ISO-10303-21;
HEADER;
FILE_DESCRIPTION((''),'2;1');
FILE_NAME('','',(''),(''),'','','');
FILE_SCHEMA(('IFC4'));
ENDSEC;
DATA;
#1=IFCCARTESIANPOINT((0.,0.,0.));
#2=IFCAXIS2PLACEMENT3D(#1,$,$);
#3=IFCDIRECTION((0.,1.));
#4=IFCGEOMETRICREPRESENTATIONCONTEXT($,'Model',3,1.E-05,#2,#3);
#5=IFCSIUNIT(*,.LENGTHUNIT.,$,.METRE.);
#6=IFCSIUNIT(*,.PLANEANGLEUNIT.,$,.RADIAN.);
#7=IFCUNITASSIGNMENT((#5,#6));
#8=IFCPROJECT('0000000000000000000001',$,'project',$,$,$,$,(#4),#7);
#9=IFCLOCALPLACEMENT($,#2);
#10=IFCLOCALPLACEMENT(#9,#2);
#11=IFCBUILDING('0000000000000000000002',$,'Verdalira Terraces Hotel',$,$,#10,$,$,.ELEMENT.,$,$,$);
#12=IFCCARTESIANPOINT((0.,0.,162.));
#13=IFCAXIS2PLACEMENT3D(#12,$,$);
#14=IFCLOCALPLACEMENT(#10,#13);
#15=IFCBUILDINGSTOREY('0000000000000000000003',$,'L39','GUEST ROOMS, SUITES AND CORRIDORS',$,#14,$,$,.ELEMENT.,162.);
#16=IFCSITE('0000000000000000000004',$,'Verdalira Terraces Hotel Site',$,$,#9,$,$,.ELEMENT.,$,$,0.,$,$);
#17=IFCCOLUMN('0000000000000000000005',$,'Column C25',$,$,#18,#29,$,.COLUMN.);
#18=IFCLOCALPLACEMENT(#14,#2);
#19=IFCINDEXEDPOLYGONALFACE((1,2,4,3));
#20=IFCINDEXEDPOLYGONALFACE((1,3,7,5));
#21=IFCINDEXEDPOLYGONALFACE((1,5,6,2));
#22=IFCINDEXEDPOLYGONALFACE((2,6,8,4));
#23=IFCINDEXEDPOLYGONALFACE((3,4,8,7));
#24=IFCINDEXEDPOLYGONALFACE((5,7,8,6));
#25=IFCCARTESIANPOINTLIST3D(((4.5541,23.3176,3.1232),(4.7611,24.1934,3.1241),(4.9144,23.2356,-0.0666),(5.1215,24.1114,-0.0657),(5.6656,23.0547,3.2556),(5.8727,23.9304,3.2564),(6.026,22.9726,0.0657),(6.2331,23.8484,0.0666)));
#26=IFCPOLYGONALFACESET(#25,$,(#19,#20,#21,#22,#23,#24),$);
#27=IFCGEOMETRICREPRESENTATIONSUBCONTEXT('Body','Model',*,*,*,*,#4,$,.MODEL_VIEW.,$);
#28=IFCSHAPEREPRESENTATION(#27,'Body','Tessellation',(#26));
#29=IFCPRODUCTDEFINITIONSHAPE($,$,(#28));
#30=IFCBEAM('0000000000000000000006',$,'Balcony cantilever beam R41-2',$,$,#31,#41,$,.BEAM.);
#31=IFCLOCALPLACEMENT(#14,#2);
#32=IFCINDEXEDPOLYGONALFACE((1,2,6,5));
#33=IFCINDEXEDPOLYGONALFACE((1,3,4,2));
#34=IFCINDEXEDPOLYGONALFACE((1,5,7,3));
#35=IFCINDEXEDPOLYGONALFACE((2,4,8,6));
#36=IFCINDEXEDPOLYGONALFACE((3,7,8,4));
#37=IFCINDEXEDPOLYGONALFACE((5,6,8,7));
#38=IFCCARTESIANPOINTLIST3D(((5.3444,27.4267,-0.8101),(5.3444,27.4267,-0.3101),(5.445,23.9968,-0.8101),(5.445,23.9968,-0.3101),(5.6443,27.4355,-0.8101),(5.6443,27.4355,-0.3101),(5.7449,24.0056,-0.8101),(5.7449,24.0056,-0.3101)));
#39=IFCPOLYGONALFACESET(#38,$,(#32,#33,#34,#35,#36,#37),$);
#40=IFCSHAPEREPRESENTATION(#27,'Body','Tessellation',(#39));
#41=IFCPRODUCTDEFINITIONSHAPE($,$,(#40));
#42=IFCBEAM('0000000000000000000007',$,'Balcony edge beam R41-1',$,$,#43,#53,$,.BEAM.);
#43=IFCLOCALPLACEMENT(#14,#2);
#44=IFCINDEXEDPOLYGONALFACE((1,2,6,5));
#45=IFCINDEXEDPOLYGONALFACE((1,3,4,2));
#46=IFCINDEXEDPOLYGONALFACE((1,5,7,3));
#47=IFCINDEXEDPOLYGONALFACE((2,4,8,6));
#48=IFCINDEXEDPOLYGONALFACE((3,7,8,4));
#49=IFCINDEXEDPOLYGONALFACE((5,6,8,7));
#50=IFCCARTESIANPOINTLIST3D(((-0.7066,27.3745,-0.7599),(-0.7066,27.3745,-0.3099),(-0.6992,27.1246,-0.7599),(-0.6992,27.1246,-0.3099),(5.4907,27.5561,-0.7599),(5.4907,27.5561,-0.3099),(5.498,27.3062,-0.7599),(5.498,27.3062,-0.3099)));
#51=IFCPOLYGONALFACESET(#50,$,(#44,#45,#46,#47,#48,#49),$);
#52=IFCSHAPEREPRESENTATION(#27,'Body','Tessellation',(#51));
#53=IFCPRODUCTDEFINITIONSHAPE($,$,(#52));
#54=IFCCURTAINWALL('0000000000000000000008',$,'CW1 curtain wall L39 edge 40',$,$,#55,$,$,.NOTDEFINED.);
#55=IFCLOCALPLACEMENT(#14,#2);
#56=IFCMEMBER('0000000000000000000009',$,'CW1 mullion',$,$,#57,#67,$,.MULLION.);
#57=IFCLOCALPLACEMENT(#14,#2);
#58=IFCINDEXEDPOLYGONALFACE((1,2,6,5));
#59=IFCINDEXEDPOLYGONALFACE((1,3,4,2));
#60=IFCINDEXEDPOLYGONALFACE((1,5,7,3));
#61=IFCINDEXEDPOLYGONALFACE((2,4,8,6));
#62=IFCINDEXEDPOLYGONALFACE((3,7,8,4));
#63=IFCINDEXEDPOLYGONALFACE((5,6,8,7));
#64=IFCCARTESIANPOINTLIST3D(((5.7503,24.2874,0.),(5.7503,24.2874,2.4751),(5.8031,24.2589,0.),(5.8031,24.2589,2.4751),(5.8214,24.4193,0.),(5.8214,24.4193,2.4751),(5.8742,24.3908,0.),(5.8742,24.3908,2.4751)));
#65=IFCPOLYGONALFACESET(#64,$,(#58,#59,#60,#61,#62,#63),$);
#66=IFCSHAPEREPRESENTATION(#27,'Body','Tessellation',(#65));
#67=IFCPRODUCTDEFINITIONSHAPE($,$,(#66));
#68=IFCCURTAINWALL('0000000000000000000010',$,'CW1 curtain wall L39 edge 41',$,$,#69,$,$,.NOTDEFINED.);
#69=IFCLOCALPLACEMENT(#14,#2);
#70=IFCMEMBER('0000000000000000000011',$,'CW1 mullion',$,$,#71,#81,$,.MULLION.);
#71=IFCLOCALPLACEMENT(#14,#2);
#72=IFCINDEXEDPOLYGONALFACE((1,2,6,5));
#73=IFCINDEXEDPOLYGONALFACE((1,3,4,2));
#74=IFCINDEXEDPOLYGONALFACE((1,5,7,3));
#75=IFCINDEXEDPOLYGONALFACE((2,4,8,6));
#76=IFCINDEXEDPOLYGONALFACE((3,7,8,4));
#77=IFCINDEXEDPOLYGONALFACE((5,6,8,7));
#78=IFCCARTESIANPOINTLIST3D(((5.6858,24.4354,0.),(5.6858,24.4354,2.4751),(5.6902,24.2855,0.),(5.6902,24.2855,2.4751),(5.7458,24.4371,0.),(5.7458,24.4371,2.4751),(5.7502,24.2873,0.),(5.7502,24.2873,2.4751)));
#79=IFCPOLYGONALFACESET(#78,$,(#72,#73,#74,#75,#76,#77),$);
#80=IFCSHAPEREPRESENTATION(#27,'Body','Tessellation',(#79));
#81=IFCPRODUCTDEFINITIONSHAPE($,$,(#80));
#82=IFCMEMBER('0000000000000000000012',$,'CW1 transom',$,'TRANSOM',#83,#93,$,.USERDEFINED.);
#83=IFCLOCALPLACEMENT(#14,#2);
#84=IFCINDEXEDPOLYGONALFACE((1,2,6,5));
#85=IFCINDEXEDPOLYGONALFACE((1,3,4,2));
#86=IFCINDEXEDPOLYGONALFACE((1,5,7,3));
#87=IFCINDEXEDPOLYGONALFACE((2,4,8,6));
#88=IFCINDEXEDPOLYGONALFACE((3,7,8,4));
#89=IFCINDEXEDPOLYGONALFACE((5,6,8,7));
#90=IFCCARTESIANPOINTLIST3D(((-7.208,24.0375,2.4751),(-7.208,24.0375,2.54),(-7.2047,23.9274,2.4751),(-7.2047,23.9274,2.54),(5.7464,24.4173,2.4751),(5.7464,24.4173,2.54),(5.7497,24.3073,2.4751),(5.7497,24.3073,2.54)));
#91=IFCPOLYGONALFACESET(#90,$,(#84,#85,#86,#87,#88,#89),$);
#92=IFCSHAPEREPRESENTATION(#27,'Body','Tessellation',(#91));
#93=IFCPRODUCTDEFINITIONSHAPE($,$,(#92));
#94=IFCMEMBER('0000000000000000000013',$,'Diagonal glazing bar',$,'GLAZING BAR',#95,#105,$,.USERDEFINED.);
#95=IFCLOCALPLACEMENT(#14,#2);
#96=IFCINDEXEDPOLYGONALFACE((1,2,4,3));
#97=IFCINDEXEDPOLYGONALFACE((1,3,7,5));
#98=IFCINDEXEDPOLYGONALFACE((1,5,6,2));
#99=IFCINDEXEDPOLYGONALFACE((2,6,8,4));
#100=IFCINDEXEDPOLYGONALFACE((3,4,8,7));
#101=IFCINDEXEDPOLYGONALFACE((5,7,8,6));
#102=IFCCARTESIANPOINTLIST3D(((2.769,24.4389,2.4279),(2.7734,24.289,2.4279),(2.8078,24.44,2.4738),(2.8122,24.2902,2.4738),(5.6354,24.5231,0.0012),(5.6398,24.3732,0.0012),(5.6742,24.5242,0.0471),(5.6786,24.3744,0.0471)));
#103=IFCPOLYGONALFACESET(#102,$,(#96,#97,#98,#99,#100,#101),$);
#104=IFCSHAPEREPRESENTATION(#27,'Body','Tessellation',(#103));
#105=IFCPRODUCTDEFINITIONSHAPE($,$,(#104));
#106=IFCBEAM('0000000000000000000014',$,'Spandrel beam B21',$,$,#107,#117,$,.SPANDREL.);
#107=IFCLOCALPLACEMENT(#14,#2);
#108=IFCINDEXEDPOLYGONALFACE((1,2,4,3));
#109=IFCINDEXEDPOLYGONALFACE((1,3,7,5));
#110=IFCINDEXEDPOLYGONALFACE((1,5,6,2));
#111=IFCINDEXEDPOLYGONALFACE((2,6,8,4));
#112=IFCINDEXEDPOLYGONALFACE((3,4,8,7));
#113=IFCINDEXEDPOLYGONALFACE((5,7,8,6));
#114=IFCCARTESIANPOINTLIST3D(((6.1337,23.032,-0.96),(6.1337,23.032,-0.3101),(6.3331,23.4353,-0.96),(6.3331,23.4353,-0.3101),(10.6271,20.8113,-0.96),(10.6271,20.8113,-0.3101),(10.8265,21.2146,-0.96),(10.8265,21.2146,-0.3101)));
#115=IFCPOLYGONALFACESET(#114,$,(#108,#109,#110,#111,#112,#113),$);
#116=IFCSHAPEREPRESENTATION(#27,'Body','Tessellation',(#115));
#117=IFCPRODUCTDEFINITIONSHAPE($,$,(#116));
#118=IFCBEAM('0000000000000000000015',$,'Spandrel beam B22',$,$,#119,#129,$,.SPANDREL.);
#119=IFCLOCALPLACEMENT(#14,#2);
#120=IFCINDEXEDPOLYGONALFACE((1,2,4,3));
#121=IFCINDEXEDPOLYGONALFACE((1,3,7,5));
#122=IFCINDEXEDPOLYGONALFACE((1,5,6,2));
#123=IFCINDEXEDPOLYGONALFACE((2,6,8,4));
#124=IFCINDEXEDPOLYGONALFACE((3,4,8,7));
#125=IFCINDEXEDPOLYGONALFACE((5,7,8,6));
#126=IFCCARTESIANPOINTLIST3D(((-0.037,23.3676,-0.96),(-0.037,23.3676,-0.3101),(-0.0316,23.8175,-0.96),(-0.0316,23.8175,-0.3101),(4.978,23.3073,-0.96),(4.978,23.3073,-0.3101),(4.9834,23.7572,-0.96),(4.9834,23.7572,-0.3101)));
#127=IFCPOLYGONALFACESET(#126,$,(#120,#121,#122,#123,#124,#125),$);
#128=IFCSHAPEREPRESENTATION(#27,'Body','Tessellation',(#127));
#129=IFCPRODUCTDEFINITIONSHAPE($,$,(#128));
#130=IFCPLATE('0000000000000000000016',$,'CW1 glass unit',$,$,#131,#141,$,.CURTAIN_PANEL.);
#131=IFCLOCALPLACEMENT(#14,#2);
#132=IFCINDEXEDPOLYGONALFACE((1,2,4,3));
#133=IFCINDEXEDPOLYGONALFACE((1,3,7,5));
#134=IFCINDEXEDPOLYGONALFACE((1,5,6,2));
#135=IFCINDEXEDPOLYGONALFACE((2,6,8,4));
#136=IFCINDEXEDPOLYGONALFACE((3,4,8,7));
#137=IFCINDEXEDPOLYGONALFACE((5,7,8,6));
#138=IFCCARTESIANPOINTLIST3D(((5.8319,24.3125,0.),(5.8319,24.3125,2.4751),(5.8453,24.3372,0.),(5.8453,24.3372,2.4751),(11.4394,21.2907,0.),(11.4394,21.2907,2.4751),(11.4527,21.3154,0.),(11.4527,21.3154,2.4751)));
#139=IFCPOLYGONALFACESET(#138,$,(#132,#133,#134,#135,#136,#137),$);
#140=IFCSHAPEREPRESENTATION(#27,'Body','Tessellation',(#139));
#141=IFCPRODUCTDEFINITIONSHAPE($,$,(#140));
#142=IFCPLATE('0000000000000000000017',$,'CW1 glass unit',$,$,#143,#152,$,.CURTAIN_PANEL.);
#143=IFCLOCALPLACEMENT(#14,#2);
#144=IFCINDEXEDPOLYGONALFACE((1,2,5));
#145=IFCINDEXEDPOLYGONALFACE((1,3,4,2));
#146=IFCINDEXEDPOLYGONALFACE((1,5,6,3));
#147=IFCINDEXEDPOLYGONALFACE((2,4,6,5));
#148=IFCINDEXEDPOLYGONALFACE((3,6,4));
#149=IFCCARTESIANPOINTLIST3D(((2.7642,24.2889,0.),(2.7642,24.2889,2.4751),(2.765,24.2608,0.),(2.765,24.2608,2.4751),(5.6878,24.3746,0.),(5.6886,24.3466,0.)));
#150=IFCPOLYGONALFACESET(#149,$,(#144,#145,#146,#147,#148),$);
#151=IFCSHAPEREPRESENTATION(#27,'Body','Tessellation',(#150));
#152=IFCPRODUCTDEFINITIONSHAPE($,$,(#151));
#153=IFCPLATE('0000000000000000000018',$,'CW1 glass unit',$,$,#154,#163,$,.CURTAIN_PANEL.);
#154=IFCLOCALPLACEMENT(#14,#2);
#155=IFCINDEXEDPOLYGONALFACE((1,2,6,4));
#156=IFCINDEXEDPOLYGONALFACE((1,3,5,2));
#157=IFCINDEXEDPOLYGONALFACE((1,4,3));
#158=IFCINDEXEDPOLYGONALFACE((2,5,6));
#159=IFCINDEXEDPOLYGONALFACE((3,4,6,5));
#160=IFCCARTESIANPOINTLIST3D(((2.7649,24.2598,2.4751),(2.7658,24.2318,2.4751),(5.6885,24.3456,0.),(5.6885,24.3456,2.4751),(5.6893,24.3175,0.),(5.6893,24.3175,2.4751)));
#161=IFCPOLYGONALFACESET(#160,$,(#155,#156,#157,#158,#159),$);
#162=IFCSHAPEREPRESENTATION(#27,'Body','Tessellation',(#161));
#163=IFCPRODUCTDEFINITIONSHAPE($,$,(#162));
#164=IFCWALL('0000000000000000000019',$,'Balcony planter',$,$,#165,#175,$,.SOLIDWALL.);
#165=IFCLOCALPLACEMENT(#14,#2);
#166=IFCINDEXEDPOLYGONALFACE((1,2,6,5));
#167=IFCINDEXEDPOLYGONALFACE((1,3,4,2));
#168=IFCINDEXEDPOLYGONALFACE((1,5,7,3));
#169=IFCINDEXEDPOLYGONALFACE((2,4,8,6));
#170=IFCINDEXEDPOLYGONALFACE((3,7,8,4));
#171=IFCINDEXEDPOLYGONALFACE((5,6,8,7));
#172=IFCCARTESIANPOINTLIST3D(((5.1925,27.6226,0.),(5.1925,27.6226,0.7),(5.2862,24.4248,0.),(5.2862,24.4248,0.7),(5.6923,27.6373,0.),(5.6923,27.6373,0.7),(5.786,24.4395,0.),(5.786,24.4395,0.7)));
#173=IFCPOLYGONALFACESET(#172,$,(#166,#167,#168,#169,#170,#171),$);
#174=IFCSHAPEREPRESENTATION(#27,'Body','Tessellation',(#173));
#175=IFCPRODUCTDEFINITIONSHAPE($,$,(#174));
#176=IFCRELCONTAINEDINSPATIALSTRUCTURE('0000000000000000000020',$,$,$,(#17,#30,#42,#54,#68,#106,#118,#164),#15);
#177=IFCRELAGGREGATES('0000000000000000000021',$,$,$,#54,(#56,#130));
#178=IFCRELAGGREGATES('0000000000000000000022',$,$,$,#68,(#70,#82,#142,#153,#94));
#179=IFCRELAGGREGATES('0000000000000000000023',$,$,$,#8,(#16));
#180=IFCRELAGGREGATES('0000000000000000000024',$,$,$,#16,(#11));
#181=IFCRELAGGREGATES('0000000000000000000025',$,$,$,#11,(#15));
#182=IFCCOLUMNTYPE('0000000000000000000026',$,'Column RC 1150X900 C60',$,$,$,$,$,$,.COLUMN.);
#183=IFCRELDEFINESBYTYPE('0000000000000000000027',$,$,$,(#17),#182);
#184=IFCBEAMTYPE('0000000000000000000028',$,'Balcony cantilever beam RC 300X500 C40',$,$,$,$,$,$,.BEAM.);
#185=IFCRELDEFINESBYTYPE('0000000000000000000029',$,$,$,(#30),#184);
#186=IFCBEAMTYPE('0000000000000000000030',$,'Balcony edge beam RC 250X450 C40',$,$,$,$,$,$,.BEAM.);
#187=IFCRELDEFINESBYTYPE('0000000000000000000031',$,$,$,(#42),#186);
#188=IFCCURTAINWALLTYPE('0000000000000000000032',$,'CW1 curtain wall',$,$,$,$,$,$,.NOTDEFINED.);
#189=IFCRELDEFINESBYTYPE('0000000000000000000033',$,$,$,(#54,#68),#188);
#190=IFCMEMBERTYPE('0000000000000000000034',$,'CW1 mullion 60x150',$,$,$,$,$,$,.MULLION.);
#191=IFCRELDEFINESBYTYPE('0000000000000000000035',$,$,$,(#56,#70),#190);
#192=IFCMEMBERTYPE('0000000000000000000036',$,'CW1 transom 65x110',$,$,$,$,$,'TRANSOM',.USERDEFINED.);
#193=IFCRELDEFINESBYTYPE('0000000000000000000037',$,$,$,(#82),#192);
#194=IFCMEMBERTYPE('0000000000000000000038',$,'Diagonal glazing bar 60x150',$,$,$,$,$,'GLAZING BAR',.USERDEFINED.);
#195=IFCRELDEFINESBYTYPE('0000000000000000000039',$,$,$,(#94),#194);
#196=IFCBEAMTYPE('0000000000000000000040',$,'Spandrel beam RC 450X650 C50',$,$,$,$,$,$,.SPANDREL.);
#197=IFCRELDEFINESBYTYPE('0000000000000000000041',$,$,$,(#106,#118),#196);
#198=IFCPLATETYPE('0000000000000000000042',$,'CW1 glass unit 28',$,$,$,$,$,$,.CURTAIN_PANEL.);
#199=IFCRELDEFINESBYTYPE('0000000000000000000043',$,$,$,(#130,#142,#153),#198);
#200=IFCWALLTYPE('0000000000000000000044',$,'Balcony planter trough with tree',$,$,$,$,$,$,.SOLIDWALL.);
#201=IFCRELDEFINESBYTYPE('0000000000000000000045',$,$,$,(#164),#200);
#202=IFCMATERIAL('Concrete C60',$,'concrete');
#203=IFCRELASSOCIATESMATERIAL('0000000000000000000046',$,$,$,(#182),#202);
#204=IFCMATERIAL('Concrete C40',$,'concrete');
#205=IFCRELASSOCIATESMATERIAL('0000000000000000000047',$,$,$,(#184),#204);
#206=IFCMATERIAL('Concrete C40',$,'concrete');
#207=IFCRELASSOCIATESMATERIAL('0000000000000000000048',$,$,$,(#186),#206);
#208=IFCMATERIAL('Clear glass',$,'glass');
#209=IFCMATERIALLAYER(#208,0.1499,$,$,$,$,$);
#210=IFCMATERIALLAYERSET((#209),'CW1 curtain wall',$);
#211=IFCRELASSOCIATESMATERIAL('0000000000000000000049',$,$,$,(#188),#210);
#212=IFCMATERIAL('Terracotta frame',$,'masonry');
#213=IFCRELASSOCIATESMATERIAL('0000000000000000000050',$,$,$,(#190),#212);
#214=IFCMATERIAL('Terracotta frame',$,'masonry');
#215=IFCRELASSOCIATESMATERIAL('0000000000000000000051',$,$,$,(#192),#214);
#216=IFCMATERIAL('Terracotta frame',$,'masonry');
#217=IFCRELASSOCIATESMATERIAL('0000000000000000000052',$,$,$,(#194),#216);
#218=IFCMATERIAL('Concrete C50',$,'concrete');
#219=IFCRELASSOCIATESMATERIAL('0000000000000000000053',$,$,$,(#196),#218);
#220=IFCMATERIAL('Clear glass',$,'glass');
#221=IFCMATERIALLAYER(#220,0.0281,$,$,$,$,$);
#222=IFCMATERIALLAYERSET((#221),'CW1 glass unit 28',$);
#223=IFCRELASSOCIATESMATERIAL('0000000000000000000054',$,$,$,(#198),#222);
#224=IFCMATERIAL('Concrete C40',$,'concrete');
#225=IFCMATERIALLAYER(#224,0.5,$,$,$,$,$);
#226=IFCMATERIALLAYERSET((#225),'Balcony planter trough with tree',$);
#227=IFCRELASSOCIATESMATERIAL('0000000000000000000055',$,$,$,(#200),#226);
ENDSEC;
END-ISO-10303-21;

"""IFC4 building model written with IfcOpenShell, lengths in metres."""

from ifc_helpers import new_model, si_unit, direction, frame, frame_2d, origin, origin_2d, place, context, subcontext, project, spatial, polyline, rectangle, outline, extrude, material, layer, layer_set, material_profile, profile_set, type_object, element, aggregate, save


model = new_model("IFC4")

# Units and contexts
model_context = context("Model", 3, precision=1e-05, world=origin(), true_north=direction((0.0, 1.0)))
body_context = subcontext(model_context, "Body", "Model", "MODEL_VIEW")
ifc_project = project(units=[si_unit("LENGTHUNIT", "METRE"), si_unit("PLANEANGLEUNIT", "RADIAN")], contexts=[model_context])

# Site, building, storey
site_placement = place(None, origin())
site = spatial("IfcSite", under=ifc_project, at=site_placement, Name="Verdalira Terraces Hotel Site", CompositionType="ELEMENT", RefElevation=0.0)
building_placement = place(site_placement, origin())
building = spatial("IfcBuilding", under=site, at=building_placement, Name="Verdalira Terraces Hotel", CompositionType="ELEMENT")
storey_placement = place(building_placement, frame((0.0, 0.0, 162.0)))
storey = spatial("IfcBuildingStorey", under=building, at=storey_placement, Name="L39", Description="GUEST ROOMS, SUITES AND CORRIDORS", CompositionType="ELEMENT", Elevation=162.0)

# Column
ifc_material_1 = material(Name="Concrete C60", Category="concrete")
ifc_material_profile_1 = material_profile(ifc_material_1, rectangle(XDim=1.1499, YDim=0.8999, at=origin_2d()), Name="RC 1150X900")
ifc_profile_set_1 = profile_set([ifc_material_profile_1], Name="Concrete C60")
column_type = type_object("IfcColumnType", Name="Column RC 1150X900 C60", PredefinedType="COLUMN", material=ifc_profile_set_1)
column_placement = place(storey_placement, frame((5.5737, 23.542, 0.0), z_axis=(-0.112214, 0.025545, 0.993356), x_axis=(0.96667, -0.228704, 0.115081)))
element("IfcColumn", 1, at=column_placement, inside=storey, type_object=column_type, Name="Column C25", PredefinedType="COLUMN", context=body_context, shape_type="SweptSolid", body=[
    extrude(rectangle(XDim=1.1499, YDim=0.8999, at=origin_2d()), origin(), (0.0, 0.0, 1.0), 3.2112),
])

# Beams
ifc_material_2 = material(Name="Concrete C40", Category="concrete")
ifc_material_profile_2 = material_profile(ifc_material_2, rectangle(XDim=0.3, YDim=0.5, at=origin_2d()), Name="RC 300X500")
ifc_profile_set_2 = profile_set([ifc_material_profile_2], Name="Concrete C40")
beam_type_1 = type_object("IfcBeamType", Name="Balcony cantilever beam RC 300X500 C40", PredefinedType="BEAM", material=ifc_profile_set_2)
beam_1_placement = place(storey_placement, frame((5.595, 24.0012, -0.5601), z_axis=(-0.029313, 0.99957, 0.0), x_axis=(-0.99957, -0.029313, 0.0)))
element("IfcBeam", 2, at=beam_1_placement, inside=storey, type_object=beam_type_1, Name="Balcony cantilever beam R41-2", PredefinedType="BEAM", context=body_context, shape_type="SweptSolid", body=[
    extrude(rectangle(XDim=0.3, YDim=0.5, at=origin_2d()), origin(), (0.0, 0.0, 1.0), 3.4314),
])
ifc_material_3 = material(Name="Concrete C40", Category="concrete")
ifc_material_profile_3 = material_profile(ifc_material_3, rectangle(XDim=0.25, YDim=0.45, at=origin_2d()), Name="RC 250X450")
ifc_profile_set_3 = profile_set([ifc_material_profile_3], Name="Concrete C40")
beam_type_2 = type_object("IfcBeamType", Name="Balcony edge beam RC 250X450 C40", PredefinedType="BEAM", material=ifc_profile_set_3)
beam_2_placement = place(storey_placement, frame((5.4944, 27.4312, -0.5349), z_axis=(-0.999571, -0.029297, 0.0), x_axis=(0.029297, -0.999571, 0.0)))
element("IfcBeam", 3, at=beam_2_placement, inside=storey, type_object=beam_type_2, Name="Balcony edge beam R41-1", PredefinedType="BEAM", context=body_context, shape_type="SweptSolid", body=[
    extrude(rectangle(XDim=0.25, YDim=0.45, at=origin_2d()), origin(), (0.0, 0.0, 1.0), 6.2),
])

# Curtain wall, member
ifc_material_4 = material(Name="Clear glass", Category="glass")
ifc_layer_1 = layer(ifc_material_4, 0.1499)
ifc_layer_set_1 = layer_set([ifc_layer_1], Name="CW1 curtain wall")
curtain_wall_type = type_object("IfcCurtainWallType", Name="CW1 curtain wall", PredefinedType="NOTDEFINED", material=ifc_layer_set_1)
curtain_wall_1_placement = place(storey_placement, origin())
curtain_wall_1 = element("IfcCurtainWall", 4, at=curtain_wall_1_placement, inside=storey, type_object=curtain_wall_type, Name="CW1 curtain wall L39 edge 40", PredefinedType="NOTDEFINED")
ifc_material_5 = material(Name="Terracotta frame", Category="masonry")
ifc_material_profile_4 = material_profile(ifc_material_5, rectangle(XDim=0.0601, YDim=0.1499, at=origin_2d()), Name="MU 60x150")
ifc_profile_set_4 = profile_set([ifc_material_profile_4], Name="Terracotta frame")
member_type_1 = type_object("IfcMemberType", Name="CW1 mullion 60x150", PredefinedType="MULLION", material=ifc_profile_set_4)
member_1_placement = place(storey_placement, frame((5.8123, 24.3391, 0.0), z_axis=(0.0, 0.0, 1.0), x_axis=(-0.880312, 0.474396, 0.0)))
member_1 = element("IfcMember", 5, at=member_1_placement, type_object=member_type_1, Name="CW1 mullion", PredefinedType="MULLION", context=body_context, shape_type="SweptSolid", body=[
    extrude(rectangle(XDim=0.0601, YDim=0.1499, at=origin_2d()), origin(), (0.0, 0.0, 1.0), 2.4751),
])

# Curtain wall, members
curtain_wall_2_placement = place(storey_placement, origin())
curtain_wall_2 = element("IfcCurtainWall", 6, at=curtain_wall_2_placement, inside=storey, type_object=curtain_wall_type, Name="CW1 curtain wall L39 edge 41", PredefinedType="NOTDEFINED")
member_2_placement = place(storey_placement, frame((5.718, 24.3613, 0.0), z_axis=(0.0, 0.0, 1.0), x_axis=(-0.99957, -0.029317, 0.0)))
member_2 = element("IfcMember", 7, at=member_2_placement, type_object=member_type_1, Name="CW1 mullion", PredefinedType="MULLION", context=body_context, shape_type="SweptSolid", body=[
    extrude(rectangle(XDim=0.0601, YDim=0.1499, at=origin_2d()), origin(), (0.0, 0.0, 1.0), 2.4751),
])
ifc_material_6 = material(Name="Terracotta frame", Category="masonry")
ifc_material_profile_5 = material_profile(ifc_material_6, rectangle(XDim=0.1101, YDim=0.0649, at=origin_2d()), Name="TR 65x110")
ifc_profile_set_5 = profile_set([ifc_material_profile_5], Name="Terracotta frame")
member_type_2 = type_object("IfcMemberType", Name="CW1 transom 65x110", ElementType="TRANSOM", PredefinedType="USERDEFINED", material=ifc_profile_set_5)
member_3_placement = place(storey_placement, frame((5.748, 24.3623, 2.5076), z_axis=(-0.99957, -0.029312, 0.0), x_axis=(0.029312, -0.99957, 0.0)))
member_3 = element("IfcMember", 8, at=member_3_placement, type_object=member_type_2, Name="CW1 transom", ObjectType="TRANSOM", PredefinedType="USERDEFINED", context=body_context, shape_type="SweptSolid", body=[
    extrude(rectangle(XDim=0.1101, YDim=0.0649, at=origin_2d()), origin(), (0.0, 0.0, 1.0), 12.96),
])
ifc_material_7 = material(Name="Terracotta frame", Category="masonry")
ifc_material_profile_6 = material_profile(ifc_material_7, rectangle(XDim=0.1499, YDim=0.0601, at=origin_2d()), Name="GB 60x150")
ifc_profile_set_6 = profile_set([ifc_material_profile_6], Name="Terracotta frame")
member_type_3 = type_object("IfcMemberType", Name="Diagonal glazing bar 60x150", ElementType="GLAZING BAR", PredefinedType="USERDEFINED", material=ifc_profile_set_6)
member_4_placement = place(storey_placement, frame((5.657, 24.4487, 0.0242), z_axis=(-0.763024, -0.022421, 0.645981), x_axis=(0.029372, -0.999569, 0.0)))
member_4 = element("IfcMember", 9, at=member_4_placement, type_object=member_type_3, Name="Diagonal glazing bar", ObjectType="GLAZING BAR", PredefinedType="USERDEFINED", context=body_context, shape_type="SweptSolid", body=[
    extrude(rectangle(XDim=0.1499, YDim=0.0601, at=origin_2d()), origin(), (0.0, 0.0, 1.0), 3.7566),
])

# Beams
ifc_material_8 = material(Name="Concrete C50", Category="concrete")
ifc_material_profile_7 = material_profile(ifc_material_8, rectangle(XDim=0.45, YDim=0.6499, at=origin_2d()), Name="RC 450X650")
ifc_profile_set_7 = profile_set([ifc_material_profile_7], Name="Concrete C50")
beam_type_3 = type_object("IfcBeamType", Name="Spandrel beam RC 450X650 C50", PredefinedType="SPANDREL", material=ifc_profile_set_7)
beam_3_placement = place(storey_placement, frame((10.7268, 21.0129, -0.635), z_axis=(-0.896493, 0.443059, 0.0), x_axis=(-0.443059, -0.896493, 0.0)))
element("IfcBeam", 10, at=beam_3_placement, inside=storey, type_object=beam_type_3, Name="Spandrel beam B21", PredefinedType="SPANDREL", context=body_context, shape_type="SweptSolid", body=[
    extrude(rectangle(XDim=0.45, YDim=0.6499, at=origin_2d()), origin(), (0.0, 0.0, 1.0), 5.0122),
])
beam_4_placement = place(storey_placement, frame((4.9807, 23.5322, -0.635), z_axis=(-0.999928, 0.012023, 0.0), x_axis=(-0.012023, -0.999928, 0.0)))
element("IfcBeam", 11, at=beam_4_placement, inside=storey, type_object=beam_type_3, Name="Spandrel beam B22", PredefinedType="SPANDREL", context=body_context, shape_type="SweptSolid", body=[
    extrude(rectangle(XDim=0.45, YDim=0.6499, at=origin_2d()), origin(), (0.0, 0.0, 1.0), 5.0154),
])

# Plates
ifc_material_9 = material(Name="Clear glass", Category="glass")
ifc_layer_2 = layer(ifc_material_9, 0.0281)
ifc_layer_set_2 = layer_set([ifc_layer_2], Name="CW1 glass unit 28")
plate_type = type_object("IfcPlateType", Name="CW1 glass unit 28", PredefinedType="CURTAIN_PANEL", material=ifc_layer_set_2)
plate_1_placement = place(storey_placement, frame((8.6423, 22.814, 0.0), z_axis=(0.0, 0.0, 1.0), x_axis=(-0.880312, 0.474396, 0.0)))
plate_1 = element("IfcPlate", 12, at=plate_1_placement, type_object=plate_type, Name="CW1 glass unit", PredefinedType="CURTAIN_PANEL", context=body_context, shape_type="SweptSolid", body=[
    extrude(rectangle(XDim=6.3699, YDim=0.0281, at=origin_2d()), origin(), (0.0, 0.0, 1.0), 2.4751),
])
aggregate(curtain_wall_1, [member_1, plate_1])
plate_2_placement = place(storey_placement, frame((4.2268, 24.3037, 1.2375), z_axis=(-0.029317, 0.99957, 0.0), x_axis=(-0.99957, -0.029317, 0.0)))
plate_2 = element("IfcPlate", 13, at=plate_2_placement, type_object=plate_type, Name="CW1 glass unit", PredefinedType="CURTAIN_PANEL", context=body_context, shape_type="SweptSolid", body=[
    extrude(outline(polyline([(-1.4624, -1.2375), (1.4624, -1.2375), (1.4624, 1.2375), (-1.4624, -1.2375)])), origin(), (0.0, 0.0, 1.0), 0.0281),
])
plate_3_placement = place(storey_placement, frame((4.2275, 24.2747, 1.2375), z_axis=(-0.029317, 0.99957, 0.0), x_axis=(-0.99957, -0.029317, 0.0)))
plate_3 = element("IfcPlate", 14, at=plate_3_placement, type_object=plate_type, Name="CW1 glass unit", PredefinedType="CURTAIN_PANEL", context=body_context, shape_type="SweptSolid", body=[
    extrude(outline(polyline([(-1.4624, -1.2375), (1.4624, 1.2375), (-1.4624, 1.2375), (-1.4624, -1.2375)])), origin(), (0.0, 0.0, 1.0), 0.0281),
])
aggregate(curtain_wall_2, [member_2, member_3, plate_2, plate_3, member_4])

# Wall
ifc_material_10 = material(Name="Concrete C40", Category="concrete")
ifc_layer_3 = layer(ifc_material_10, 0.5)
ifc_layer_set_3 = layer_set([ifc_layer_3], Name="Balcony planter trough with tree")
wall_type_1 = type_object("IfcWallType", Name="Balcony planter trough with tree", PredefinedType="SOLIDWALL", material=ifc_layer_set_3)
wall_1_placement = place(storey_placement, frame((5.5361, 24.4321, 0.0), z_axis=(0.0, 0.0, 1.0), x_axis=(-0.029305, 0.999571, 0.0)))
element("IfcWall", 15, at=wall_1_placement, inside=storey, type_object=wall_type_1, Name="Balcony planter", PredefinedType="SOLIDWALL", context=body_context, shape_type="SweptSolid", body=[
    extrude(rectangle(XDim=3.1992, YDim=0.5, at=frame_2d((1.5996, 0.0))), origin(), (0.0, 0.0, 1.0), 0.7),
])

save(model, "model.ifc")
